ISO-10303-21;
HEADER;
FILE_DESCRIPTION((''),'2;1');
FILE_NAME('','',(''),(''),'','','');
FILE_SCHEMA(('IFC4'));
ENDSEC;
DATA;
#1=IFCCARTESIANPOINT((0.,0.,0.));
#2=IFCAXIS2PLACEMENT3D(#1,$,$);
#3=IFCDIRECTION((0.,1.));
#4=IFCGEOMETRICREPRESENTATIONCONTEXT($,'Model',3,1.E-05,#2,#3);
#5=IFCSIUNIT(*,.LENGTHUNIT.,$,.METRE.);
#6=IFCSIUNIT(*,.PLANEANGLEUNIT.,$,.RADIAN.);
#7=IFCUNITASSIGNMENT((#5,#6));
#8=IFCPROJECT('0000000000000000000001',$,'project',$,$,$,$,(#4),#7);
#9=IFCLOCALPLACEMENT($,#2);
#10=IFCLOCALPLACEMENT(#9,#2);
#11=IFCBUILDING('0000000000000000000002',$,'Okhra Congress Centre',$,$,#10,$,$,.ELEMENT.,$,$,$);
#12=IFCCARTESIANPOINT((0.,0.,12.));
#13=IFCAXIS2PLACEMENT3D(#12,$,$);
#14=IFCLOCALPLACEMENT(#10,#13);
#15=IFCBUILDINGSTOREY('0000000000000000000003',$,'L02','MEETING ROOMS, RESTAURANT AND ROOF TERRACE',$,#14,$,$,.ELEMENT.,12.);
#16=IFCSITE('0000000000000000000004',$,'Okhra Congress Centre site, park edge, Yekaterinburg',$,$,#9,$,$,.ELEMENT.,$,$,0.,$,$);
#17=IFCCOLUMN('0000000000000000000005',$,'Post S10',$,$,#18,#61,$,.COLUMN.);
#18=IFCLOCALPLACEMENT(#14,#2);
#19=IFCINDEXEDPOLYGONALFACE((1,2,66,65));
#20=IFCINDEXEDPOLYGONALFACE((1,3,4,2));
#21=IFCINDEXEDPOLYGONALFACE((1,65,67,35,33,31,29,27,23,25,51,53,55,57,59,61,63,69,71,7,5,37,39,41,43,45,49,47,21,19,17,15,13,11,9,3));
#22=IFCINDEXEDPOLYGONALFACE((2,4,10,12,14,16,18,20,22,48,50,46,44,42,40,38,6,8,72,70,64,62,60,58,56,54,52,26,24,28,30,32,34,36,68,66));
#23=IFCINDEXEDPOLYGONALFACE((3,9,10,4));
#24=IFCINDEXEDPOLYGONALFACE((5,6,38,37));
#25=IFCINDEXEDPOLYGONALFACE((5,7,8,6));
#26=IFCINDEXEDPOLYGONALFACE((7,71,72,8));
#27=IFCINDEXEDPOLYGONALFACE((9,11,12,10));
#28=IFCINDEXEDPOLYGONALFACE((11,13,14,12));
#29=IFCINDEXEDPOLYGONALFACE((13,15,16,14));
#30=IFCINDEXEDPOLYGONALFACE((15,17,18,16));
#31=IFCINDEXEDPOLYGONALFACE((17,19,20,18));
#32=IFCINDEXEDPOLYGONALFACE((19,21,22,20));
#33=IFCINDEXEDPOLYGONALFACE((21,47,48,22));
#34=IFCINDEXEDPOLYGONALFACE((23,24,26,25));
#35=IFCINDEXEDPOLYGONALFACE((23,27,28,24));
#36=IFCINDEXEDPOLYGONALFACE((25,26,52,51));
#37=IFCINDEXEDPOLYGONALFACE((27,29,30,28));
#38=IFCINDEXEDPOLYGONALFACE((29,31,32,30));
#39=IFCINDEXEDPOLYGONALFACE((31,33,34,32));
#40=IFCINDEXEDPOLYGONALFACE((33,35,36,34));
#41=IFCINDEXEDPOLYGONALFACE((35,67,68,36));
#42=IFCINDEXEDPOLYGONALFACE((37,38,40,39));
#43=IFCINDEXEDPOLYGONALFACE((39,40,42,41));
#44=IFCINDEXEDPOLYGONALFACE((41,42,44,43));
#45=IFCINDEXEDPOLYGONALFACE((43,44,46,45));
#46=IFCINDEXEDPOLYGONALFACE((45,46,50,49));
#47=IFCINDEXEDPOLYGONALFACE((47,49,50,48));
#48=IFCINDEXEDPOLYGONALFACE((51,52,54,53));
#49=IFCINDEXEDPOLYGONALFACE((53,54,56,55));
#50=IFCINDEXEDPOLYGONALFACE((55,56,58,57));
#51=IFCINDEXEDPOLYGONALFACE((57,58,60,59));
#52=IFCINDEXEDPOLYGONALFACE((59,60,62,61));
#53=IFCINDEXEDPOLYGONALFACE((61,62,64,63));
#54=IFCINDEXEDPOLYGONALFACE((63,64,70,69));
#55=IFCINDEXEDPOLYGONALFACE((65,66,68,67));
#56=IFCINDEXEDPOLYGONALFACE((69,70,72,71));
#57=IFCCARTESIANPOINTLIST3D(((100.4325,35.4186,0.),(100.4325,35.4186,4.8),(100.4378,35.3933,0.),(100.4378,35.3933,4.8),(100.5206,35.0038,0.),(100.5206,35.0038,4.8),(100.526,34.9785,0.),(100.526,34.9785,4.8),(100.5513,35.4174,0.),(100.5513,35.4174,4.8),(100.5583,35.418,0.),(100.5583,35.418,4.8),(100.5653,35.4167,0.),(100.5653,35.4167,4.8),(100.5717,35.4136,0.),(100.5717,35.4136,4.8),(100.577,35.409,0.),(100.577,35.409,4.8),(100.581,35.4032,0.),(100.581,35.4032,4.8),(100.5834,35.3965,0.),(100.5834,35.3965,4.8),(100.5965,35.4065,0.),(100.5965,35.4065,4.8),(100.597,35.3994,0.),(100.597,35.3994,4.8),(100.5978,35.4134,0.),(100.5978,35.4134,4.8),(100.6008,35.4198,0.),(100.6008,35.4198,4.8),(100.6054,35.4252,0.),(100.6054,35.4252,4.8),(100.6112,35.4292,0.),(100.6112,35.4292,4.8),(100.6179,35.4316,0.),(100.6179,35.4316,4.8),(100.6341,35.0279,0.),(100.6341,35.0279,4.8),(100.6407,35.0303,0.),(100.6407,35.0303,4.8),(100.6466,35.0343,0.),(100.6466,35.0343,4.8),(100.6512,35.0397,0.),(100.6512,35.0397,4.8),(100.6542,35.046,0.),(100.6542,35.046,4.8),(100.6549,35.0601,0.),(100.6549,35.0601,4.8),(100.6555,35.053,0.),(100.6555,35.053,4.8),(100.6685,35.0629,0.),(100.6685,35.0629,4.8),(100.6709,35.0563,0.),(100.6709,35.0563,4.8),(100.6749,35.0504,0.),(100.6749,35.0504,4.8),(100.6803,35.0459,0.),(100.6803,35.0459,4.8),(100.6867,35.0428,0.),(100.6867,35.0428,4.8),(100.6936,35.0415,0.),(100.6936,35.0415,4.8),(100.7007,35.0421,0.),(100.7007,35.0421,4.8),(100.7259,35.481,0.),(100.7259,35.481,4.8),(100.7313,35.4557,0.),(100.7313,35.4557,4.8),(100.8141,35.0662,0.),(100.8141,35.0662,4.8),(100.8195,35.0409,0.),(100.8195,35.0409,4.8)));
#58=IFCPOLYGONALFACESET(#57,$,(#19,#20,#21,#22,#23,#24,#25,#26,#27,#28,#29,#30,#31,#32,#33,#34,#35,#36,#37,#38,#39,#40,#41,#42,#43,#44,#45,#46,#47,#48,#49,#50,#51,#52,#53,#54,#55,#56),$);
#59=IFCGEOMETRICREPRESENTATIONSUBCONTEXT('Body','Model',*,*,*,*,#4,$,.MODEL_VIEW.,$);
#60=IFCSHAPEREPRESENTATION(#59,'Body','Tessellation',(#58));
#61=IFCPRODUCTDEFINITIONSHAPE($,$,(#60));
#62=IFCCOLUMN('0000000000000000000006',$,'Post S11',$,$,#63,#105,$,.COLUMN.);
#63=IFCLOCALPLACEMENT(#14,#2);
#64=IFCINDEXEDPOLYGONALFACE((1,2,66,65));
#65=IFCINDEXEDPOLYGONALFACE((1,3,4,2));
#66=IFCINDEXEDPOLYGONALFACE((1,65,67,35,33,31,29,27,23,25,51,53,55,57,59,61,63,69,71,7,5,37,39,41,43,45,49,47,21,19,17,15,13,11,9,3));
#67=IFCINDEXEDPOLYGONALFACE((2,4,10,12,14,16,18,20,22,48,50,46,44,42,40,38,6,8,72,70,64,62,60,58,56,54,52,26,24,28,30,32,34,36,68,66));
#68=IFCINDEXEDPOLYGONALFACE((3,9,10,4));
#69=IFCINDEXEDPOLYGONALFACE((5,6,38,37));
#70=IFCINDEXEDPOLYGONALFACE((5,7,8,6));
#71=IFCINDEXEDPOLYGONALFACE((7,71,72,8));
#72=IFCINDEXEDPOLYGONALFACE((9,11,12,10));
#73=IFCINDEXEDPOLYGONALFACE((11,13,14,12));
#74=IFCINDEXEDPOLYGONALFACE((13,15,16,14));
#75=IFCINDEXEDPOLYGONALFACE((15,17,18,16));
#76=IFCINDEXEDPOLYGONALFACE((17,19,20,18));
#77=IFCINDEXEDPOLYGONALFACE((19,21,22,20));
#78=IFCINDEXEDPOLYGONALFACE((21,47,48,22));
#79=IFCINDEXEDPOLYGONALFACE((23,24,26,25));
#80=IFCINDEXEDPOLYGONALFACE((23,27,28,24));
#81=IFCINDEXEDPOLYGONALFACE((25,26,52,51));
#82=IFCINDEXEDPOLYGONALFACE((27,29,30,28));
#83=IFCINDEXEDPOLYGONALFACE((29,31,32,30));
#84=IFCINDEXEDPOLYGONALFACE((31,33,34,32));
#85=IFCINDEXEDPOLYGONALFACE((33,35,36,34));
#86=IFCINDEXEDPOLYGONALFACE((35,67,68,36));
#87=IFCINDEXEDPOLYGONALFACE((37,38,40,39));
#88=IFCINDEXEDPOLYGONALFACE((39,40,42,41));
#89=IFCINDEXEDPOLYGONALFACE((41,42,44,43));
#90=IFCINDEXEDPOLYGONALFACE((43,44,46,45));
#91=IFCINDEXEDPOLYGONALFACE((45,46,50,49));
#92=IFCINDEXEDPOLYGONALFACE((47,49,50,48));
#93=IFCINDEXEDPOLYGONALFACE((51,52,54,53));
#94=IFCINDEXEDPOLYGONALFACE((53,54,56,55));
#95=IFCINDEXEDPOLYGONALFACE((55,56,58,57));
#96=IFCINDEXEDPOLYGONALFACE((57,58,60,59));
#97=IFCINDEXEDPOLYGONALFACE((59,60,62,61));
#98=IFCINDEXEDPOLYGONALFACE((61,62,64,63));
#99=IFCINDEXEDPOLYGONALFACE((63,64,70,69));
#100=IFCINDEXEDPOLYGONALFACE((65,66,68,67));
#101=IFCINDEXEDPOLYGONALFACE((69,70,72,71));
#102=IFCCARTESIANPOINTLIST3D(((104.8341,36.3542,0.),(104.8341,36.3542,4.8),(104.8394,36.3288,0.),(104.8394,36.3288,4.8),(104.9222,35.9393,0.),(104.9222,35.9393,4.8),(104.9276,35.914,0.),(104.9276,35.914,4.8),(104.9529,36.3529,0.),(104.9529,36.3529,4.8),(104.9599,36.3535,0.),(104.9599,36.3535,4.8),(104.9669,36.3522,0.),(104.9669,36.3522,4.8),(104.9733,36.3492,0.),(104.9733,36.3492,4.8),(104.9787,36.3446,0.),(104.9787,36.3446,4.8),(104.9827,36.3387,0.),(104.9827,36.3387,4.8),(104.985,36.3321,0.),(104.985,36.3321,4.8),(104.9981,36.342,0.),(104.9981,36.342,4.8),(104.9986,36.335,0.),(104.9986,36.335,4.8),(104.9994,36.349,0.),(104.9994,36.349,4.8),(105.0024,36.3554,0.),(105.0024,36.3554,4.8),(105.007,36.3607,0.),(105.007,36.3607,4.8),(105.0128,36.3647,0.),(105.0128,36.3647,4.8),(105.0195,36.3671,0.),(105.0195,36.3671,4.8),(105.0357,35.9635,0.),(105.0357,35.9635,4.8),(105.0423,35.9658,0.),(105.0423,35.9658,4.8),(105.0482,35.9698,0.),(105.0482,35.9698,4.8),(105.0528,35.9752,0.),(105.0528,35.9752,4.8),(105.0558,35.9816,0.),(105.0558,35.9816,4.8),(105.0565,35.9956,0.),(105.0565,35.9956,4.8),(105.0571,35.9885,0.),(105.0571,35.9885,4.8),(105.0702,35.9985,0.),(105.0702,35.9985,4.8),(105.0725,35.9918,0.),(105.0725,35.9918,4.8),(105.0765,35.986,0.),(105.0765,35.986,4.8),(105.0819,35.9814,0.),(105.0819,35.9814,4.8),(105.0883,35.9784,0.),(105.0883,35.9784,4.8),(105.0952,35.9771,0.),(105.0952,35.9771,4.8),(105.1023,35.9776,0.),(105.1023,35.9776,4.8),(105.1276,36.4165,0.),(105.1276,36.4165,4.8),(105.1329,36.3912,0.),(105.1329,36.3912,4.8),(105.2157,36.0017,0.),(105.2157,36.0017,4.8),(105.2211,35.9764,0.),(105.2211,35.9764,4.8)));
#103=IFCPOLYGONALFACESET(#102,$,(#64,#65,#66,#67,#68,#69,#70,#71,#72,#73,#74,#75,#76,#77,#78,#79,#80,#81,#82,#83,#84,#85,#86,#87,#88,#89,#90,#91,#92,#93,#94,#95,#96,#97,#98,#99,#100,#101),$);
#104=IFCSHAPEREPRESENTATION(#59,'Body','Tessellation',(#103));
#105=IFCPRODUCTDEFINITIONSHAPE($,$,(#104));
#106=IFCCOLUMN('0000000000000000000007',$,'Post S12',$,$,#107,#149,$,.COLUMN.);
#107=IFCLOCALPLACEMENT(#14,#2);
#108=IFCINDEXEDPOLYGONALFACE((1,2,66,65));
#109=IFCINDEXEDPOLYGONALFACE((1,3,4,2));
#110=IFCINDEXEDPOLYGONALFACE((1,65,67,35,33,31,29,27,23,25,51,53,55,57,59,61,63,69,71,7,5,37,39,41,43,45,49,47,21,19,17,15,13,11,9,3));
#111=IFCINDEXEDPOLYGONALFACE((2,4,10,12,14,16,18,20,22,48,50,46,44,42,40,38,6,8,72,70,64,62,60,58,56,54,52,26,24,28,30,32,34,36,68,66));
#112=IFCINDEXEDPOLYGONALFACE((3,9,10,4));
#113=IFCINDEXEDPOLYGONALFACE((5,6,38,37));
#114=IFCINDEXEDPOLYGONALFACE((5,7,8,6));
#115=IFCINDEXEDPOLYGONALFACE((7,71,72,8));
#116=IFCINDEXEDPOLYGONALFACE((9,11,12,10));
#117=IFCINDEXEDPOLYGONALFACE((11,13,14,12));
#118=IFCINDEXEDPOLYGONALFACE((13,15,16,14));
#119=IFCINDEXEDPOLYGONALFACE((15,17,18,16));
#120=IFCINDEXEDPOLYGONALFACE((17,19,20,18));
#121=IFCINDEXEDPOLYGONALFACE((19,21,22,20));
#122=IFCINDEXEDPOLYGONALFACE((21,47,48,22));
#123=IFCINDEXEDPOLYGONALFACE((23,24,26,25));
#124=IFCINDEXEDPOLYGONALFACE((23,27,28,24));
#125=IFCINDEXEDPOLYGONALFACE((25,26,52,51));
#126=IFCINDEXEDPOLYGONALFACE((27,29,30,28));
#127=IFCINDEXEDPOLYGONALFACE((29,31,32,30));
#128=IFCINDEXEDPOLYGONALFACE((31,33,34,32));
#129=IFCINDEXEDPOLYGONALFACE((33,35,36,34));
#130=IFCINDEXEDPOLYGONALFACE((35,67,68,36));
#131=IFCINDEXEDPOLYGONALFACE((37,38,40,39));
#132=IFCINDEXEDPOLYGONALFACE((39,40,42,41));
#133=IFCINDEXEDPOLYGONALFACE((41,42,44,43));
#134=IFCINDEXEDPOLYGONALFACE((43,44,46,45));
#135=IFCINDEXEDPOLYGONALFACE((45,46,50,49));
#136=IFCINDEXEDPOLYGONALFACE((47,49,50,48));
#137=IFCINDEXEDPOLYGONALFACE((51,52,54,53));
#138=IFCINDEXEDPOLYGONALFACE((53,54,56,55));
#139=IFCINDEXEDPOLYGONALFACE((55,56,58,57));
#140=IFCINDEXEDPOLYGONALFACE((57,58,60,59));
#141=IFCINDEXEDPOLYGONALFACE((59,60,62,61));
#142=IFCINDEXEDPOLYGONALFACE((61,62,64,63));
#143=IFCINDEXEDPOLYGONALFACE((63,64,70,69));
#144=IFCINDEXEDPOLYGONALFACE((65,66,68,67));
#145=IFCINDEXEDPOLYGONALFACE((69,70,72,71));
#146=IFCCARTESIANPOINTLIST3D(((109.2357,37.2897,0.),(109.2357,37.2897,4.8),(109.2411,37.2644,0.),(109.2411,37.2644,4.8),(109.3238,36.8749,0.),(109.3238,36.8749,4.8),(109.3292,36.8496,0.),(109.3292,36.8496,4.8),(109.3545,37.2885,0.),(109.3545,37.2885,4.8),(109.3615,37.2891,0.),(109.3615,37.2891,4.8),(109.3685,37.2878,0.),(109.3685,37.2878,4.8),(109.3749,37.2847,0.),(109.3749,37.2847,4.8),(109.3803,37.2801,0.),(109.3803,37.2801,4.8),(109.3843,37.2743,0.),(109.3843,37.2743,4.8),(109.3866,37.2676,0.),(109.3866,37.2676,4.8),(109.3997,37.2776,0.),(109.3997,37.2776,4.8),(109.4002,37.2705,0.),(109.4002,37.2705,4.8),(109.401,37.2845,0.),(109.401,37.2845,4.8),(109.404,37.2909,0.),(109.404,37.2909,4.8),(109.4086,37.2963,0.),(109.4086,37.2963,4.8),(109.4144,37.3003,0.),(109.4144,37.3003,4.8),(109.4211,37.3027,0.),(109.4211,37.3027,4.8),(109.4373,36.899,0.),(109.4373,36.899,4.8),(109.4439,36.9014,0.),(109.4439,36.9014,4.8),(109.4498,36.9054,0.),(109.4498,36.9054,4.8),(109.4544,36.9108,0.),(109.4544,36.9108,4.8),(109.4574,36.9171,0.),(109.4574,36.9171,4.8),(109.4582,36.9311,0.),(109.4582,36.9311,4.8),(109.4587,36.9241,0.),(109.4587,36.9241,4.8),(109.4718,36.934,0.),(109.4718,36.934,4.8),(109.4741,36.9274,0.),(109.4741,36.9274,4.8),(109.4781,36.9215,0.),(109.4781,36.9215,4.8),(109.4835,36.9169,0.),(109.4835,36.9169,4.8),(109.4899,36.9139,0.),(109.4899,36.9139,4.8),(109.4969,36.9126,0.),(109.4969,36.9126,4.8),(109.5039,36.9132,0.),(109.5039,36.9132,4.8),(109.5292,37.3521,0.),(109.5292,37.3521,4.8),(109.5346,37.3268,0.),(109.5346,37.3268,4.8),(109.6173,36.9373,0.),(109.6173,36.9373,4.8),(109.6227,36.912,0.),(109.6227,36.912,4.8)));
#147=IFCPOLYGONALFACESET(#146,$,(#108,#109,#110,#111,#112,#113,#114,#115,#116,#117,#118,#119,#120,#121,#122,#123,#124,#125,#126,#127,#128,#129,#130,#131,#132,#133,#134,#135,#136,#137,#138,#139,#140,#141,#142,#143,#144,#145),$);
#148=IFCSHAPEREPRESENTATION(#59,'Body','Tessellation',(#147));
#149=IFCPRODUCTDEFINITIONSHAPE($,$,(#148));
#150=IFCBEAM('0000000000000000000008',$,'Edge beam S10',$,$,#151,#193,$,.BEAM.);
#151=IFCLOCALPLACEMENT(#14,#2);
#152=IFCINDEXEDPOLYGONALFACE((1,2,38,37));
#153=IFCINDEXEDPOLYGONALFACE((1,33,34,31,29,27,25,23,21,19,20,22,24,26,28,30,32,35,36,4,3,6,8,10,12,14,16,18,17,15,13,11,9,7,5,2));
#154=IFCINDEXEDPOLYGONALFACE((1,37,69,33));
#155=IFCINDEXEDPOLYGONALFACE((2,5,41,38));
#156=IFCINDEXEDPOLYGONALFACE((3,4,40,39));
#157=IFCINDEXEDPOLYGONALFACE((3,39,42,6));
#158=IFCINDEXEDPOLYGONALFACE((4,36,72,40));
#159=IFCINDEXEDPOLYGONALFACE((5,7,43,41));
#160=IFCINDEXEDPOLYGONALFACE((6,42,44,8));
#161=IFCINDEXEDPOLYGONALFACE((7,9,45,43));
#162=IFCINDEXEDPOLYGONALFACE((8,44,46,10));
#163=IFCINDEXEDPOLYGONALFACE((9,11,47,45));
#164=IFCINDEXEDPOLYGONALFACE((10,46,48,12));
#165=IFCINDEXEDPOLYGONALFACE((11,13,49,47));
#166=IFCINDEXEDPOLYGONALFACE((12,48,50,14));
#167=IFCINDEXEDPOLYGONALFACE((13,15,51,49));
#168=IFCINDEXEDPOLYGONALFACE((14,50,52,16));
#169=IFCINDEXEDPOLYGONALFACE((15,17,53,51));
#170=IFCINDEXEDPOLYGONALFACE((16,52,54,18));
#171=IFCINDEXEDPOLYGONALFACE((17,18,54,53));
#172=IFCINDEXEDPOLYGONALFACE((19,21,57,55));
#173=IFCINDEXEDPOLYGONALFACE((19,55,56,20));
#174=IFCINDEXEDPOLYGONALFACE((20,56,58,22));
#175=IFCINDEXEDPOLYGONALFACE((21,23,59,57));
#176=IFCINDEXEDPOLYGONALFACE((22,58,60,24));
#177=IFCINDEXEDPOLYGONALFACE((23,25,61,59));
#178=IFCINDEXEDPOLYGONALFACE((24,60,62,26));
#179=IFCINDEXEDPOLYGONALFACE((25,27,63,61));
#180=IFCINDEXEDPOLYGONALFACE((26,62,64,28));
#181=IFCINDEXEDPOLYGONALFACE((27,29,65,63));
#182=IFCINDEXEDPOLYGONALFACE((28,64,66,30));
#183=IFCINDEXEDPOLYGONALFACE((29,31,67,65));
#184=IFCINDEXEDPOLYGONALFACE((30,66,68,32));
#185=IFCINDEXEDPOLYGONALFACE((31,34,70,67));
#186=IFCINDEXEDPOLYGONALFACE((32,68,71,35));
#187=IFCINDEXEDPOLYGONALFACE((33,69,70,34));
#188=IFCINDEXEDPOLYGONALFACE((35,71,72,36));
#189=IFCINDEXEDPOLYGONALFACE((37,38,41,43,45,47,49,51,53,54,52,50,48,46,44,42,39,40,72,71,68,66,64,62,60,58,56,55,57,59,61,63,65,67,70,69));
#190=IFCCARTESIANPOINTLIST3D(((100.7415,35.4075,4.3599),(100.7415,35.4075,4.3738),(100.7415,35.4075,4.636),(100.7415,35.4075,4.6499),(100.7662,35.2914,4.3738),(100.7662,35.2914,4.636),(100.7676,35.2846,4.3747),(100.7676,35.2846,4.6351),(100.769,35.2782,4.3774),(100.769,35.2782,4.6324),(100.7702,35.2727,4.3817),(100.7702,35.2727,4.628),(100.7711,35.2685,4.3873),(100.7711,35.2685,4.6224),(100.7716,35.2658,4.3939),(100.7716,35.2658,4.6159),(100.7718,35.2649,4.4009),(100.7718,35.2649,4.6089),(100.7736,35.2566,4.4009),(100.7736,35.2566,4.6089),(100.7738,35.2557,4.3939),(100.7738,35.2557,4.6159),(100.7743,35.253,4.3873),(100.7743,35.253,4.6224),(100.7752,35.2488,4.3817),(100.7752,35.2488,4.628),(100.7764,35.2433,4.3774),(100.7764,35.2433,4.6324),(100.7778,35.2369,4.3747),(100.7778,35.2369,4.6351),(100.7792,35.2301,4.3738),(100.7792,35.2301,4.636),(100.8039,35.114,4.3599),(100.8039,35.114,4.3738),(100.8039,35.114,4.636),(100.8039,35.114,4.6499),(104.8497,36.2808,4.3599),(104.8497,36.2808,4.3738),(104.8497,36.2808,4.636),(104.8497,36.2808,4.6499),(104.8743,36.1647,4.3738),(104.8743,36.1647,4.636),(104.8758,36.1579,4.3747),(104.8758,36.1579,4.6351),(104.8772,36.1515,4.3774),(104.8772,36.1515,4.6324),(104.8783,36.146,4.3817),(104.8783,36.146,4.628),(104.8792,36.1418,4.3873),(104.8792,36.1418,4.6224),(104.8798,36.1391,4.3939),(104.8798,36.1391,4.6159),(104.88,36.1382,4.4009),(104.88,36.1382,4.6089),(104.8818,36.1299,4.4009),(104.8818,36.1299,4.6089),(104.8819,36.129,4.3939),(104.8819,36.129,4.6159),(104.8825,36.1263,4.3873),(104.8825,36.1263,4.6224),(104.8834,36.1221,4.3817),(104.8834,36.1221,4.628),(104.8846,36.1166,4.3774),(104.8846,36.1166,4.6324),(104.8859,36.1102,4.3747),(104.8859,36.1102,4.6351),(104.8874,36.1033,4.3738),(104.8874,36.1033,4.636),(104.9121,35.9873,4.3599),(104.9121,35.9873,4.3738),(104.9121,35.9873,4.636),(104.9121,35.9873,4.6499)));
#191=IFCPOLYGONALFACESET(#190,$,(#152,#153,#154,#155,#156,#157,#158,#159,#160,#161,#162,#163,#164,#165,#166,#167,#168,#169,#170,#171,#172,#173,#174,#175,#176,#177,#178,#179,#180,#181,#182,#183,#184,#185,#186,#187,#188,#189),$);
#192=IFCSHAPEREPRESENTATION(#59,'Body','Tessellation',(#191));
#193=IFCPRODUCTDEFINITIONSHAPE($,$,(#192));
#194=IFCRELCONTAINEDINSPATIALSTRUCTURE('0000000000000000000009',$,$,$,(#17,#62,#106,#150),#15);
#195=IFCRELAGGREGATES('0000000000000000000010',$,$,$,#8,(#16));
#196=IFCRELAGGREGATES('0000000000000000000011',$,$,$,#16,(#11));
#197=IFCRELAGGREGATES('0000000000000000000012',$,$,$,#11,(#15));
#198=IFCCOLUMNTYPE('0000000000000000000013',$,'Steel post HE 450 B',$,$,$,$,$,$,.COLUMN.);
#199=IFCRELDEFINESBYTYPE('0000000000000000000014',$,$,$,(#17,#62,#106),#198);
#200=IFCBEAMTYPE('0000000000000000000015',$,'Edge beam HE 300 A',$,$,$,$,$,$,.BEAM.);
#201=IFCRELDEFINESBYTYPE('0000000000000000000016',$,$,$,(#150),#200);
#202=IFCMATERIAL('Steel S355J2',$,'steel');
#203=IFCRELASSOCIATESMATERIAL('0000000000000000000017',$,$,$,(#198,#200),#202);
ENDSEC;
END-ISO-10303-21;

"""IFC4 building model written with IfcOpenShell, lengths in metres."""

from ifc_helpers import new_model, si_unit, direction, frame, origin, origin_2d, place, context, subcontext, project, spatial, i_section, extrude, material, material_profile, profile_set, type_object, element, save


model = new_model("IFC4")

# Units and contexts
model_context = context("Model", 3, precision=1e-05, world=origin(), true_north=direction((0.0, 1.0)))
body_context = subcontext(model_context, "Body", "Model", "MODEL_VIEW")
ifc_project = project(units=[si_unit("LENGTHUNIT", "METRE"), si_unit("PLANEANGLEUNIT", "RADIAN")], contexts=[model_context])

# Site, building, storey
site_placement = place(None, origin())
site = spatial("IfcSite", under=ifc_project, at=site_placement, Name="Okhra Congress Centre site, park edge, Yekaterinburg", CompositionType="ELEMENT", RefElevation=0.0)
building_placement = place(site_placement, origin())
building = spatial("IfcBuilding", under=site, at=building_placement, Name="Okhra Congress Centre", CompositionType="ELEMENT")
storey_placement = place(building_placement, frame((0.0, 0.0, 12.0)))
storey = spatial("IfcBuildingStorey", under=building, at=storey_placement, Name="L02", Description="MEETING ROOMS, RESTAURANT AND ROOF TERRACE", CompositionType="ELEMENT", Elevation=12.0)

# Columns
ifc_material_1 = material(Name="Steel S355J2", Category="steel")
ifc_material_profile_1 = material_profile(ifc_material_1, i_section(OverallWidth=0.3, OverallDepth=0.45, WebThickness=0.0139, FlangeThickness=0.0259, FilletRadius=0.0271, at=origin_2d()), Name="HE 450 B")
ifc_profile_set_1 = profile_set([ifc_material_profile_1], Name="Steel S355J2")
column_type = type_object("IfcColumnType", Name="Steel post HE 450 B", PredefinedType="COLUMN", material=ifc_profile_set_1)
for number, where, z_axis, x_axis, name in (
    (1, (100.626, 35.2297, 0.0), (0.0, 0.0, 1.0), (0.978148, 0.207912, 0.0), "Post S10"),
    (2, (105.0276, 36.1653, 0.0), (0.0, 0.0, 1.0), (0.978148, 0.207912, 0.0), "Post S11"),
    (3, (109.4292, 37.1008, 0.0), (0.0, 0.0, 1.0), (0.978148, 0.207912, 0.0), "Post S12"),
):
    element("IfcColumn", number, at=place(storey_placement, frame(where, z_axis=z_axis, x_axis=x_axis)), inside=storey, type_object=column_type, Name=name, PredefinedType="COLUMN", context=body_context, shape_type="SweptSolid", body=[
        extrude(i_section(OverallWidth=0.3, OverallDepth=0.45, WebThickness=0.0139, FlangeThickness=0.0259, FilletRadius=0.0271, at=origin_2d()), origin(), (0.0, 0.0, 1.0), 4.8),
    ])

# Beam
ifc_material_profile_2 = material_profile(ifc_material_1, i_section(OverallWidth=0.3, OverallDepth=0.29, WebThickness=0.0085, FlangeThickness=0.0139, FilletRadius=0.0271, at=origin_2d()), Name="HE 300 A")
ifc_profile_set_2 = profile_set([ifc_material_profile_2], Name="Steel S355J2")
beam_type_1 = type_object("IfcBeamType", Name="Edge beam HE 300 A", PredefinedType="BEAM", material=ifc_profile_set_2)
for number, where, z_axis, x_axis, name in (
    (4, (100.7727, 35.2607, 4.5049), (0.978144, 0.207929, 0.0), (-0.207929, 0.978144, 0.0), "Edge beam S10"),
):
    element("IfcBeam", number, at=place(storey_placement, frame(where, z_axis=z_axis, x_axis=x_axis)), inside=storey, type_object=beam_type_1, Name=name, PredefinedType="BEAM", context=body_context, shape_type="SweptSolid", body=[
        extrude(i_section(OverallWidth=0.3, OverallDepth=0.29, WebThickness=0.0085, FlangeThickness=0.0139, FilletRadius=0.0271, at=origin_2d()), origin(), (0.0, 0.0, 1.0), 4.2),
    ])

save(model, "model.ifc")
